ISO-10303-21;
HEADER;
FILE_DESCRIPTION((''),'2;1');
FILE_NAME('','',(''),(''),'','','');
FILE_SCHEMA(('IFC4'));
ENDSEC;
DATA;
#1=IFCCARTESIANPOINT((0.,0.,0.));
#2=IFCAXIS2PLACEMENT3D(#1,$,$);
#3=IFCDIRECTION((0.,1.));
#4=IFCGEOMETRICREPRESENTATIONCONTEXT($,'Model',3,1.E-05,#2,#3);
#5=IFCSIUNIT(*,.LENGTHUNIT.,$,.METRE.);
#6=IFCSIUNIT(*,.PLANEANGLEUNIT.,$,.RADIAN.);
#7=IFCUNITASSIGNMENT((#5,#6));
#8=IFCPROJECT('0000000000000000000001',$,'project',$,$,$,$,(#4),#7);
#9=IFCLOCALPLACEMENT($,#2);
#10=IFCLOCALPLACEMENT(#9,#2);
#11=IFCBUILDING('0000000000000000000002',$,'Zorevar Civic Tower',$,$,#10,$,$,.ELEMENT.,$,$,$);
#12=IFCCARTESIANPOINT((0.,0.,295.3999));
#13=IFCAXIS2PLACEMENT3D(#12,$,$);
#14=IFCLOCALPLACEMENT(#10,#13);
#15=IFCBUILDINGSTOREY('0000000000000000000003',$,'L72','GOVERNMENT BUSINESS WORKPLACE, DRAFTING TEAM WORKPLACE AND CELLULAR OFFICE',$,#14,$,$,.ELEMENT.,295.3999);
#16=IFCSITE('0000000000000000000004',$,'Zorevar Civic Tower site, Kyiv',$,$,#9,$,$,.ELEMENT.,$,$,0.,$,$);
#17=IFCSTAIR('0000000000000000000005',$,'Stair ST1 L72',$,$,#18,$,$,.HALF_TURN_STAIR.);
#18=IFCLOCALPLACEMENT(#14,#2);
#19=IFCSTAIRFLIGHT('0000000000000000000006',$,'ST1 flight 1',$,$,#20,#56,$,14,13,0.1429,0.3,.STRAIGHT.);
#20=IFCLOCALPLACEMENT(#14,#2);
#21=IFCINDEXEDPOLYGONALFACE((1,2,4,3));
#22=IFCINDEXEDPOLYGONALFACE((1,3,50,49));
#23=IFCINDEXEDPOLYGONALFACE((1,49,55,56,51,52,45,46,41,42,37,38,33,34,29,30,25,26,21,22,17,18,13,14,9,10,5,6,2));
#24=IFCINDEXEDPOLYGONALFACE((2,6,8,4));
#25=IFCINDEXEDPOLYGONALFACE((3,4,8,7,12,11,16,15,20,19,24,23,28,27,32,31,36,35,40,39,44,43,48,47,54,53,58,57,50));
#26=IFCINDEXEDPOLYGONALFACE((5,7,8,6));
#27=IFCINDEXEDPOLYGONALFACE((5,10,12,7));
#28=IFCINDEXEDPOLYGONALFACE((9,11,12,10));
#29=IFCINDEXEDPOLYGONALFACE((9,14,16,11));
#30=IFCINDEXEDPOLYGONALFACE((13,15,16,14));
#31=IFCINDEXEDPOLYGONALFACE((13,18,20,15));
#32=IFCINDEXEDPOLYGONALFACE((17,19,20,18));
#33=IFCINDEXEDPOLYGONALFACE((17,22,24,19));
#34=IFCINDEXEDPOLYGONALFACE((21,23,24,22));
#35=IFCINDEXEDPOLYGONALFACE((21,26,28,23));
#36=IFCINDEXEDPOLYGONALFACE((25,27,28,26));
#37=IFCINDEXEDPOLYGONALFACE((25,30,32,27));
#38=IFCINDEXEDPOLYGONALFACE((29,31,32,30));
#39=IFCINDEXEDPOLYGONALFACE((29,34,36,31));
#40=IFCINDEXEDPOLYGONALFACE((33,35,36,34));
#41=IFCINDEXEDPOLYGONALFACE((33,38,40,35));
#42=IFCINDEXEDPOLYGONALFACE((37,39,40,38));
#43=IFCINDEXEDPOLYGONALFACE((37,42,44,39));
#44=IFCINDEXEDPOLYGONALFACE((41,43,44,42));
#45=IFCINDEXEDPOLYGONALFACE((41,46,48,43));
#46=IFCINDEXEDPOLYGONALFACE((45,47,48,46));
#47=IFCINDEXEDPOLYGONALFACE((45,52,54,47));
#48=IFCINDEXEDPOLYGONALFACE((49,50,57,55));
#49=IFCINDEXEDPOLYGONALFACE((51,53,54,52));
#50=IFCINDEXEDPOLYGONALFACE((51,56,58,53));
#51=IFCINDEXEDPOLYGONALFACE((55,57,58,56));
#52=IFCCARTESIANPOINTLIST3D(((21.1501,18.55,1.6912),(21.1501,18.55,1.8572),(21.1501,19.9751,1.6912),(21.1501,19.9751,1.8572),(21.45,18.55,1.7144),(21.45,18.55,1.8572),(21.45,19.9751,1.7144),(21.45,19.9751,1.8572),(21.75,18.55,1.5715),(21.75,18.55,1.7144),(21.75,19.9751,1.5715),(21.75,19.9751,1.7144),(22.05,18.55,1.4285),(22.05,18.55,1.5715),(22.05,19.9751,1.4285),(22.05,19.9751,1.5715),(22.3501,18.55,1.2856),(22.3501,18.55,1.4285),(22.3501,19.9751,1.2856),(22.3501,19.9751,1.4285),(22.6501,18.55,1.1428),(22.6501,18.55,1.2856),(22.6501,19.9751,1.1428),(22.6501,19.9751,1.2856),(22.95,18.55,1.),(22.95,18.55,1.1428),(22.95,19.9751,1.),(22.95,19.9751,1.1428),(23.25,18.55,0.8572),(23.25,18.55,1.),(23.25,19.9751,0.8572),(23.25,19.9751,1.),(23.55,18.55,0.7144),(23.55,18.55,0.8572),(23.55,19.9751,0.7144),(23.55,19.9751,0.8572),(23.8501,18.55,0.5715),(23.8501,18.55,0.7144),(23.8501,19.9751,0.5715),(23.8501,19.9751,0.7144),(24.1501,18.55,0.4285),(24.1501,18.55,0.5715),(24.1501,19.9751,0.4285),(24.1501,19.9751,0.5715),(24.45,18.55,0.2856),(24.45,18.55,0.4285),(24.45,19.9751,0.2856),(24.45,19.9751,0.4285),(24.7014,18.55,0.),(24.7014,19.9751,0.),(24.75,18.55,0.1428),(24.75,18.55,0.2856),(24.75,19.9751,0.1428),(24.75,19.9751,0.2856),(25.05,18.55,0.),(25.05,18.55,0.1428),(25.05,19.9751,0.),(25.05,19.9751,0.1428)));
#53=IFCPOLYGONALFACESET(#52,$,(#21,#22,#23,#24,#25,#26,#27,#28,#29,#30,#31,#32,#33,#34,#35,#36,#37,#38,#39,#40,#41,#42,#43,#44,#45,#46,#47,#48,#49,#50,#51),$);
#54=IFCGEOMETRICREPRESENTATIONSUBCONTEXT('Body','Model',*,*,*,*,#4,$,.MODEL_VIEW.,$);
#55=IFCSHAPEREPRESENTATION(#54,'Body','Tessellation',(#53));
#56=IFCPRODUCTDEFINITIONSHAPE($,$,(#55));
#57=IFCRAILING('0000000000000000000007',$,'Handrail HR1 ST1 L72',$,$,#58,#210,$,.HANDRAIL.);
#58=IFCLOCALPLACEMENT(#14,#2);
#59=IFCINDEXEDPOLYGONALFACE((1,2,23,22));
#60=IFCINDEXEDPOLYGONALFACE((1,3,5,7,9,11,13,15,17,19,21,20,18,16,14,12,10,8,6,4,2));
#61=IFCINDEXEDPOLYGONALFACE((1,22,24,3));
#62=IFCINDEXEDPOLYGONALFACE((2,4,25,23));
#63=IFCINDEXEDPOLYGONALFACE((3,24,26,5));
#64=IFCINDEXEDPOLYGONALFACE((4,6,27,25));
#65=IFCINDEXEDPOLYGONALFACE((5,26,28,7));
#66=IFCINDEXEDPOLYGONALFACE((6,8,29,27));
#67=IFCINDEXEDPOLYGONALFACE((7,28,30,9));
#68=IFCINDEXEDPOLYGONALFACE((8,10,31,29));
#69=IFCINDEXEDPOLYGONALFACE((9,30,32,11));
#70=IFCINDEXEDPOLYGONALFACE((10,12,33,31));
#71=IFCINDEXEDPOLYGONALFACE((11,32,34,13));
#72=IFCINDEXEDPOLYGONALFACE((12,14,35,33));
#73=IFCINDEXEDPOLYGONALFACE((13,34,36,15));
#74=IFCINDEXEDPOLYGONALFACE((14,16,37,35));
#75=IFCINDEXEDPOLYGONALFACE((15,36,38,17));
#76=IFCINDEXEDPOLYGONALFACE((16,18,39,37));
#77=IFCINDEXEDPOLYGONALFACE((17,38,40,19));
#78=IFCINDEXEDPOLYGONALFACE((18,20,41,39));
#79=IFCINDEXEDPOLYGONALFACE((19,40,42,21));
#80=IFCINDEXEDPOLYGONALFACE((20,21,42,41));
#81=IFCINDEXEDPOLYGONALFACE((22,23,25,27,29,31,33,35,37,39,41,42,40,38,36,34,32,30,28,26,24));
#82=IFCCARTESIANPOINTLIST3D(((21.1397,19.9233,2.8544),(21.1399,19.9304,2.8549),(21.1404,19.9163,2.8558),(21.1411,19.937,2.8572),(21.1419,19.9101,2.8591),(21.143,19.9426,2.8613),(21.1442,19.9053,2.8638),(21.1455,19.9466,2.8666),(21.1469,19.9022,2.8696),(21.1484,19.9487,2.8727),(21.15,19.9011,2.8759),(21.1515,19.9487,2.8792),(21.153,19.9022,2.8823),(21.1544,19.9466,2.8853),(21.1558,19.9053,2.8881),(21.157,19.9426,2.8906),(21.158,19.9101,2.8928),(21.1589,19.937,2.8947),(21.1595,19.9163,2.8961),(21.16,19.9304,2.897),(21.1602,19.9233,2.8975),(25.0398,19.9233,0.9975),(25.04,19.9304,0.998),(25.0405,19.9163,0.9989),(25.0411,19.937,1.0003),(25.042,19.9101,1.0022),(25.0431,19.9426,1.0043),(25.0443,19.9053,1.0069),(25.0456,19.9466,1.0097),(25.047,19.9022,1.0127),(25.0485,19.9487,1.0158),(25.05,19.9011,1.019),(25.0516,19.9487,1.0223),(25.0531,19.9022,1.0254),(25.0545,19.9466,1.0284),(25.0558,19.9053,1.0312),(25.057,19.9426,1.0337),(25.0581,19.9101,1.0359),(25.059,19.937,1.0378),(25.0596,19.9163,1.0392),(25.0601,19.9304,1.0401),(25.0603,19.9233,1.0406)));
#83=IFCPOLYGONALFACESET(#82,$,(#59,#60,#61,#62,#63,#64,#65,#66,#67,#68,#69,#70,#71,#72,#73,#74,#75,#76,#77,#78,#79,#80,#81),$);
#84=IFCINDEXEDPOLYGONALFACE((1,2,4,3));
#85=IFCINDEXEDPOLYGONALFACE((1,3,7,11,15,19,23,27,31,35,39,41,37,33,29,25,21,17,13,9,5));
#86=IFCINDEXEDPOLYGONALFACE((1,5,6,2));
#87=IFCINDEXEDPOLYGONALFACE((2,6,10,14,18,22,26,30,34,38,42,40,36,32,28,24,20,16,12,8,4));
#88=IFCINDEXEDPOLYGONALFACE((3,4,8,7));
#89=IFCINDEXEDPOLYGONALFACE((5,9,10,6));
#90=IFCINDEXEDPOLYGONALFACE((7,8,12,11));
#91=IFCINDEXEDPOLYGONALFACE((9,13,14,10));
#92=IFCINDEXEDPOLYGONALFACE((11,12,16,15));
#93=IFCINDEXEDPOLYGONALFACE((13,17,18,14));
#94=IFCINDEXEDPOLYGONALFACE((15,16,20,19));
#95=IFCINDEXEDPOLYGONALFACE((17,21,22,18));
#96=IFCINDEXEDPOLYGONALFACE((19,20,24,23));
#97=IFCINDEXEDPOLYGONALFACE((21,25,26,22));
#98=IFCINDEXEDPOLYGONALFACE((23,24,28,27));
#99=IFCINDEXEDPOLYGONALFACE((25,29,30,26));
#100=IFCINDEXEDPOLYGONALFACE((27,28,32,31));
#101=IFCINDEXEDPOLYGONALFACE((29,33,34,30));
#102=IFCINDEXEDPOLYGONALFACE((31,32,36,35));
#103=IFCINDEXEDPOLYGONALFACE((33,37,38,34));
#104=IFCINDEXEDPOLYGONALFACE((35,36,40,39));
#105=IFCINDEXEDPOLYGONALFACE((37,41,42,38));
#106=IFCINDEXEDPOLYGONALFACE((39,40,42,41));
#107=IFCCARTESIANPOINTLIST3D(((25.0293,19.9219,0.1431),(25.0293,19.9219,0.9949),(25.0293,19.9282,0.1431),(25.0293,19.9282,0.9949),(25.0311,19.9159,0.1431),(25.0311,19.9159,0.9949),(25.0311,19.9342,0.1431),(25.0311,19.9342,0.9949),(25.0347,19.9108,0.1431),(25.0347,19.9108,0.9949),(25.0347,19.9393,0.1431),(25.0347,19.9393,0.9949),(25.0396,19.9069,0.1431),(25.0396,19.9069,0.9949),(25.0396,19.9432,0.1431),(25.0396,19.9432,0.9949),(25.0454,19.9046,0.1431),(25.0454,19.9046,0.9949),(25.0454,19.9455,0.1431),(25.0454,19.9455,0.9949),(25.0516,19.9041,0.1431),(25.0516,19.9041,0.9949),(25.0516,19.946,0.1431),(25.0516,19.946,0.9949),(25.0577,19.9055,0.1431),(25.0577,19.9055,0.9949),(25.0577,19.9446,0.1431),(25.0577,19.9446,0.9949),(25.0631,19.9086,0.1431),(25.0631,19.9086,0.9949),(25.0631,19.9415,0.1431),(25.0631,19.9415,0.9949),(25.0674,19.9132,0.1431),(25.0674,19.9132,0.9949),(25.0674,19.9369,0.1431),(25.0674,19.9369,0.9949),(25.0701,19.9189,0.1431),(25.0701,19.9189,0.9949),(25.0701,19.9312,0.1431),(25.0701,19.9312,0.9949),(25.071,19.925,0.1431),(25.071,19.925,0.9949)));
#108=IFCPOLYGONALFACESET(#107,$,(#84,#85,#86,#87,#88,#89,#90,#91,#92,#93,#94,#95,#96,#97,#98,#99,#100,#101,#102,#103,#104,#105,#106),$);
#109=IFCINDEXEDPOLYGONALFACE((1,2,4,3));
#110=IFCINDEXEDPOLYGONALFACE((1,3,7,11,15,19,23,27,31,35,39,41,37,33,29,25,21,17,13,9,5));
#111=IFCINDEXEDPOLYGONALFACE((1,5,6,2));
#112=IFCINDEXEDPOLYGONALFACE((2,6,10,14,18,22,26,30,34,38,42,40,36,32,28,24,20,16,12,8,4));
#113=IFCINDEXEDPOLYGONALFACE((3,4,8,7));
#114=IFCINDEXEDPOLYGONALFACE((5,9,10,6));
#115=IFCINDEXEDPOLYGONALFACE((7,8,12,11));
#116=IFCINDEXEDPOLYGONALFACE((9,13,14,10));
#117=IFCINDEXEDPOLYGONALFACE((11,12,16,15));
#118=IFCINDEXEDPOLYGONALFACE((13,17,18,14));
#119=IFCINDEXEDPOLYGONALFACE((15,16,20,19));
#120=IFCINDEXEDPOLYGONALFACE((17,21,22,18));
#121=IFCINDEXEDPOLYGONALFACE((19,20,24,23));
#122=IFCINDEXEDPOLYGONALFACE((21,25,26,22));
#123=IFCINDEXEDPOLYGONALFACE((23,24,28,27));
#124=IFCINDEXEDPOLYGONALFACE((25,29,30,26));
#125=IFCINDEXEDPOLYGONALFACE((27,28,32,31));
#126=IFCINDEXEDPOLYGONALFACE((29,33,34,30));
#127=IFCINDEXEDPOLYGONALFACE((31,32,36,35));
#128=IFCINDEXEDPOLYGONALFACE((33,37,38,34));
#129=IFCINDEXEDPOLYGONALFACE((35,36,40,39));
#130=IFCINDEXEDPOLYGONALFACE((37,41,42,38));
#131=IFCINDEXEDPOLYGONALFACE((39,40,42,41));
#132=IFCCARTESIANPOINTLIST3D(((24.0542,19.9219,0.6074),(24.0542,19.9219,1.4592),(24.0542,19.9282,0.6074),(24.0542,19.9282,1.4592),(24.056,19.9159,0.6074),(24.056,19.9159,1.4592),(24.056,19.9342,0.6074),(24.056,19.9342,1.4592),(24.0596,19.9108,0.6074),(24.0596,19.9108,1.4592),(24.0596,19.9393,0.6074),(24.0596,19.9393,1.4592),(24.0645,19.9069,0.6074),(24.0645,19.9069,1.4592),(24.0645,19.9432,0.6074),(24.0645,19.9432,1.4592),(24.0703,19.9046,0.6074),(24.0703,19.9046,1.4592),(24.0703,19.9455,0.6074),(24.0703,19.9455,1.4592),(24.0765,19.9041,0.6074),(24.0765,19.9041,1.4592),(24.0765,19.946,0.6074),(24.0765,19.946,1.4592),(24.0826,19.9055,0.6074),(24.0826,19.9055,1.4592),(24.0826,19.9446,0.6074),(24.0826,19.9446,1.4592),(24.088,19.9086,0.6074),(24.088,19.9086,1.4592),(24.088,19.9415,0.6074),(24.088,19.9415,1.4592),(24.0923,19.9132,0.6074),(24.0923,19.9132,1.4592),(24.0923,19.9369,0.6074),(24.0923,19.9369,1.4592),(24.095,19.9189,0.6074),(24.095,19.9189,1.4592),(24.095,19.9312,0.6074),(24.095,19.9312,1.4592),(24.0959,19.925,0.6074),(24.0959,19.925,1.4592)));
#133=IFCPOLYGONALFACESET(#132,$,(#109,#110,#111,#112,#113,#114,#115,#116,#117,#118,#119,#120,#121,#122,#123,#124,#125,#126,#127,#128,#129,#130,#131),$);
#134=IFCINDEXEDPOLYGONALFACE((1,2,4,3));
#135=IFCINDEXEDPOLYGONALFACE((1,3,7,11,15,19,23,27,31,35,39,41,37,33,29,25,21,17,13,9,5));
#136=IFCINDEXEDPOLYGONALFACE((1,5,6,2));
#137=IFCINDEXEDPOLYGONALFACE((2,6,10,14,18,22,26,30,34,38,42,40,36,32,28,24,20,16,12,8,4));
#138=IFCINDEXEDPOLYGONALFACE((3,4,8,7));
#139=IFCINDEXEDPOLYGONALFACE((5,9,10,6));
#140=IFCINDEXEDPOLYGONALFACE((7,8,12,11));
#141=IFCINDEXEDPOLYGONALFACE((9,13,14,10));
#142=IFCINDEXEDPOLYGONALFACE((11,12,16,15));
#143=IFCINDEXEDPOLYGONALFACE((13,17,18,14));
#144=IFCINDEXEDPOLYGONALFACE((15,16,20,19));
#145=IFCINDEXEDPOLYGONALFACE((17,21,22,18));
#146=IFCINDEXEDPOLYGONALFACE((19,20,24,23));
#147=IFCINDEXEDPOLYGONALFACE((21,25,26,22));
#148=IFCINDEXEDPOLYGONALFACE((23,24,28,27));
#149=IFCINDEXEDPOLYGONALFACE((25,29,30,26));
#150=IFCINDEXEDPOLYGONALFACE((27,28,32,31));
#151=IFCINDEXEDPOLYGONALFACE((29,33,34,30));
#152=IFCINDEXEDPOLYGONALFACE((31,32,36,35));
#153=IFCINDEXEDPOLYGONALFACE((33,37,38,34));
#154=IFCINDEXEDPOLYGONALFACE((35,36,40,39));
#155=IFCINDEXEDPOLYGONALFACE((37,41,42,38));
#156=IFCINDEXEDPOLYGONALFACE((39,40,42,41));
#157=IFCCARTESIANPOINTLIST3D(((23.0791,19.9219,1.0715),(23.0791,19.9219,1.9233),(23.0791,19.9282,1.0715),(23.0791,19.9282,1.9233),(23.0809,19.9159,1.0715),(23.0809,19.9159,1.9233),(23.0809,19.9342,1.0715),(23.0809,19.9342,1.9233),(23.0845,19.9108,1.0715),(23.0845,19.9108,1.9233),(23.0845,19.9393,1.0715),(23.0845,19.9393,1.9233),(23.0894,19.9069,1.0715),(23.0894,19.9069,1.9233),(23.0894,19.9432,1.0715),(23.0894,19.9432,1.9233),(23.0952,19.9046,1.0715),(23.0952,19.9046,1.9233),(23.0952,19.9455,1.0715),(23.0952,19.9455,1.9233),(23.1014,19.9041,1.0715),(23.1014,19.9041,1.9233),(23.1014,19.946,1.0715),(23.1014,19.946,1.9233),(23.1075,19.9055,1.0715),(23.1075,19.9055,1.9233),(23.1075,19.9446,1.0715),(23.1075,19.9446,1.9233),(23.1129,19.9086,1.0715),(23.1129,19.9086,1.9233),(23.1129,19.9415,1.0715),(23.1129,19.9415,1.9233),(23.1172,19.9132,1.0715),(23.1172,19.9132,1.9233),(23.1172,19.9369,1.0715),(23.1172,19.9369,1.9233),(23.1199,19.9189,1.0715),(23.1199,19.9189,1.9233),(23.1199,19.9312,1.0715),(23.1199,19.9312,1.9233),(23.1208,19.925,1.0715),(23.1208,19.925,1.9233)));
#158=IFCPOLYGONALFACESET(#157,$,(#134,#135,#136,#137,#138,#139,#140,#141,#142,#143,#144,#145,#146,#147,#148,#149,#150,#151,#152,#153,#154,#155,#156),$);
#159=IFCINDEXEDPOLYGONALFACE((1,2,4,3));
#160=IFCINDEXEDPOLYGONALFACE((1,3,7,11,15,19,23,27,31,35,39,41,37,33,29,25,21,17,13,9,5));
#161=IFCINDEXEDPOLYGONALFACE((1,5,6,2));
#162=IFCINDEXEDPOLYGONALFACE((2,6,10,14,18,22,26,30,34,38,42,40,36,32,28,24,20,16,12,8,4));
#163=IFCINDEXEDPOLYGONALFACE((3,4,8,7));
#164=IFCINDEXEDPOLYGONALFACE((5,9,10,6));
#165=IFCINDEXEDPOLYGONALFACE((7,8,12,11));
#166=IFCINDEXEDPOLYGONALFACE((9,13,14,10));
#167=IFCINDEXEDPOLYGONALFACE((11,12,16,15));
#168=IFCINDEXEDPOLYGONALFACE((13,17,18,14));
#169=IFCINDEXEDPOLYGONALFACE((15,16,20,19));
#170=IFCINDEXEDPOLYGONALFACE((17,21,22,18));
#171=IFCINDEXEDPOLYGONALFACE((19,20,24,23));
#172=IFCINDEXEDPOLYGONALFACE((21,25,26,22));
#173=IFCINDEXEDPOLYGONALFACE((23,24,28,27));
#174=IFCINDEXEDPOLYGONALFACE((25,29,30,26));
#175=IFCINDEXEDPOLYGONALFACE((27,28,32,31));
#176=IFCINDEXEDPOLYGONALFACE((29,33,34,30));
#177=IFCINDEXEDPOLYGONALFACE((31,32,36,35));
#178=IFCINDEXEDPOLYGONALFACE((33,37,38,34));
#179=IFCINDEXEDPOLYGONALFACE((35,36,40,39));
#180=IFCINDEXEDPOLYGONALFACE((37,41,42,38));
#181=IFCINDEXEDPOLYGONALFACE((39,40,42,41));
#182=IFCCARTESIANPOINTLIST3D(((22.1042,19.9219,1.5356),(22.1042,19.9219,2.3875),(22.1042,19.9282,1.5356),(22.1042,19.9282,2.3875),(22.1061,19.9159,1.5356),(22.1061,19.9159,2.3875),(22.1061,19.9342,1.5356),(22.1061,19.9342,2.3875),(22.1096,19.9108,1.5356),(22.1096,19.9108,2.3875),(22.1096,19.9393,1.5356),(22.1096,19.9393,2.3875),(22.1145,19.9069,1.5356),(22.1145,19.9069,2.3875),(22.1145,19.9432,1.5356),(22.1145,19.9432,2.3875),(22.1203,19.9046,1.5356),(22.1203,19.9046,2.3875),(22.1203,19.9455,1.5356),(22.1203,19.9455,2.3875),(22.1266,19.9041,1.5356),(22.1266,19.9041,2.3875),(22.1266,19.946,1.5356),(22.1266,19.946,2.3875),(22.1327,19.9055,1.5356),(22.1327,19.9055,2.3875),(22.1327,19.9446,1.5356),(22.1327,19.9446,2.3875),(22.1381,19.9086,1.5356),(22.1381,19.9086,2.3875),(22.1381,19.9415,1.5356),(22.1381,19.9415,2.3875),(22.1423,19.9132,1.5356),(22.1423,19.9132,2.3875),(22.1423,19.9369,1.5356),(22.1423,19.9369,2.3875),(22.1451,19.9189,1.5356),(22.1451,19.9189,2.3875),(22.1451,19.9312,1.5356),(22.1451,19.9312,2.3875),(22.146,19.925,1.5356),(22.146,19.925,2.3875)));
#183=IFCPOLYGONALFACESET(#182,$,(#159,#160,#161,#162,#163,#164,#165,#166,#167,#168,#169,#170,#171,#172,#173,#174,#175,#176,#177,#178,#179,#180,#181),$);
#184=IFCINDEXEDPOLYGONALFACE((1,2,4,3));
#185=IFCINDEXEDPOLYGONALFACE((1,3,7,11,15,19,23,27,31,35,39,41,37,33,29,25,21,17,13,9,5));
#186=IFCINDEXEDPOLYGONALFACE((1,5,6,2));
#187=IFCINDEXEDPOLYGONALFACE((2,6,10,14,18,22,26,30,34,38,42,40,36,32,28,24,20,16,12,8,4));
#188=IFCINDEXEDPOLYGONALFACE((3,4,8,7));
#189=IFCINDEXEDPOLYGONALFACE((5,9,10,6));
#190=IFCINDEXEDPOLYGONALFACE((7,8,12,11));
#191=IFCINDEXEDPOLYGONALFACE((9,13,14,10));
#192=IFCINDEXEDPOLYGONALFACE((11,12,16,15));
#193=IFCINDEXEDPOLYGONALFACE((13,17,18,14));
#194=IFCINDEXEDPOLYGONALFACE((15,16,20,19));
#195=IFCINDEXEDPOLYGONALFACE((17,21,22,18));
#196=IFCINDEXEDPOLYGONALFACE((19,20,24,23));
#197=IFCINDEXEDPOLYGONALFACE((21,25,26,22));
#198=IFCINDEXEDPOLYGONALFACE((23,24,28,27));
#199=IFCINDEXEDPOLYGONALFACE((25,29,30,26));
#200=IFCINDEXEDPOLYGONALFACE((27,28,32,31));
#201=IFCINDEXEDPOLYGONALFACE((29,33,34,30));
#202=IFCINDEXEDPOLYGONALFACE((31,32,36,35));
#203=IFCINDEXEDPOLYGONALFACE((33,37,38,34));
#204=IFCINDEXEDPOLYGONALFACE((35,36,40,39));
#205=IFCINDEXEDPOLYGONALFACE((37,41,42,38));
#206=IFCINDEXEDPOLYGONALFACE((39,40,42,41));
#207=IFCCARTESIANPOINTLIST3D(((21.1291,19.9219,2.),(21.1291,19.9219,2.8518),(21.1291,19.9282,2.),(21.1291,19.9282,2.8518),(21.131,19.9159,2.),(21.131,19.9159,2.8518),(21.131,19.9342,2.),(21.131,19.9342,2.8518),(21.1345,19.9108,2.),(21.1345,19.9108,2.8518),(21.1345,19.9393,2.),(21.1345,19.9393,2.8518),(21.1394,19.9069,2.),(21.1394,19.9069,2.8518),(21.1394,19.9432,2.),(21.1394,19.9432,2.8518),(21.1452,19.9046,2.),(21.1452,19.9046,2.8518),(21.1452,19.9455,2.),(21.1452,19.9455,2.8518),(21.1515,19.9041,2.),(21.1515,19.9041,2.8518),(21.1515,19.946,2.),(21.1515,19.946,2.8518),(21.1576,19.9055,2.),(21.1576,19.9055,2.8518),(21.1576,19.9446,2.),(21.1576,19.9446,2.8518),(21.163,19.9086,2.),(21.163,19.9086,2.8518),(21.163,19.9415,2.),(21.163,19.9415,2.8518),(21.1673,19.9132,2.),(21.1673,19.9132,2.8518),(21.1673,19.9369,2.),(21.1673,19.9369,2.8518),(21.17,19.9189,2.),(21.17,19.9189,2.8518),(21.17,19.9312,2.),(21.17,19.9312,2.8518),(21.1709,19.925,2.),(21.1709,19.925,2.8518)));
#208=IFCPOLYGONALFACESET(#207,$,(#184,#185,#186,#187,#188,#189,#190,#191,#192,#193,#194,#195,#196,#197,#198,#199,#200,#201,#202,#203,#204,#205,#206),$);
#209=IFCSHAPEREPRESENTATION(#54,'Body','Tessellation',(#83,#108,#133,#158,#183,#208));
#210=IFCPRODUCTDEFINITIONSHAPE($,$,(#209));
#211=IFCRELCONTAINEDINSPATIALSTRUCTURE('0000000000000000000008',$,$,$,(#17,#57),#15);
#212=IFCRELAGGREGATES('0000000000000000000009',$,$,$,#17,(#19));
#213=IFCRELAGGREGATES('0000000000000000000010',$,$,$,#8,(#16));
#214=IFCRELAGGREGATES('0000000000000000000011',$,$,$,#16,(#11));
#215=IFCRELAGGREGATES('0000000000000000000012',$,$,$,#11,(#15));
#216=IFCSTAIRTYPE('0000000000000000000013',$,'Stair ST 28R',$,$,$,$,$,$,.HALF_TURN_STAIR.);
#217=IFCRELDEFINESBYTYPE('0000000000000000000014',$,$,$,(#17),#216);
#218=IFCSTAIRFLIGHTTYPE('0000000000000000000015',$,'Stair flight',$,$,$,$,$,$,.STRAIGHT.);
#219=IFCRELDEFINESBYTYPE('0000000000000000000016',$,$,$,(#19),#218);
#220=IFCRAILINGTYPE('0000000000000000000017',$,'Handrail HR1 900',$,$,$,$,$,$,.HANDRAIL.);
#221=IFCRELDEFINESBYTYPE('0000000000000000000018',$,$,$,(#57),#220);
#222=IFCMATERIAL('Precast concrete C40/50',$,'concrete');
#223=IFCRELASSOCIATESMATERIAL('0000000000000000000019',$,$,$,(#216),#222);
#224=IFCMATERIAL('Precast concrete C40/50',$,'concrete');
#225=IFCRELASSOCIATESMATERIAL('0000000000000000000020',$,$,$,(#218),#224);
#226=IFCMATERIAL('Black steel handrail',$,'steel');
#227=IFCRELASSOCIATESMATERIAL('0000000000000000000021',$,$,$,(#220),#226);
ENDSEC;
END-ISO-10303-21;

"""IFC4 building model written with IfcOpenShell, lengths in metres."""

from ifc_helpers import new_model, si_unit, direction, frame, origin, origin_2d, place, context, subcontext, project, spatial, polyline, circle, outline, extrude, material, type_object, element, aggregate, save


model = new_model("IFC4")

# Units and contexts
model_context = context("Model", 3, precision=1e-05, world=origin(), true_north=direction((0.0, 1.0)))
body_context = subcontext(model_context, "Body", "Model", "MODEL_VIEW")
ifc_project = project(units=[si_unit("LENGTHUNIT", "METRE"), si_unit("PLANEANGLEUNIT", "RADIAN")], contexts=[model_context])

# Site, building, storey
site_placement = place(None, origin())
site = spatial("IfcSite", under=ifc_project, at=site_placement, Name="Zorevar Civic Tower site, Kyiv", CompositionType="ELEMENT", RefElevation=0.0)
building_placement = place(site_placement, origin())
building = spatial("IfcBuilding", under=site, at=building_placement, Name="Zorevar Civic Tower", CompositionType="ELEMENT")
storey_placement = place(building_placement, frame((0.0, 0.0, 295.3999)))
storey = spatial("IfcBuildingStorey", under=building, at=storey_placement, Name="L72", Description="GOVERNMENT BUSINESS WORKPLACE, DRAFTING TEAM WORKPLACE AND CELLULAR OFFICE", CompositionType="ELEMENT", Elevation=295.3999)

# Stair, stair flight
ifc_material_1 = material(Name="Precast concrete C40/50", Category="concrete")
stair_type = type_object("IfcStairType", Name="Stair ST 28R", PredefinedType="HALF_TURN_STAIR", material=ifc_material_1)
stair_placement = place(storey_placement, origin())
stair = element("IfcStair", 1, at=stair_placement, inside=storey, type_object=stair_type, Name="Stair ST1 L72", PredefinedType="HALF_TURN_STAIR")
ifc_material_2 = material(Name="Precast concrete C40/50", Category="concrete")
stair_flight_type = type_object("IfcStairFlightType", Name="Stair flight", PredefinedType="STRAIGHT", material=ifc_material_2)
stair_flight_placement = place(storey_placement, frame((25.05, 19.2625, 0.0), z_axis=(0.0, 0.0, 1.0), x_axis=(-1.0, 0.0, 0.0)))
stair_flight = element("IfcStairFlight", 2, at=stair_flight_placement, type_object=stair_flight_type, Name="ST1 flight 1", NumberOfRisers=14, NumberOfTreads=13, PredefinedType="STRAIGHT", RiserHeight=0.1429, TreadLength=0.3, context=body_context, shape_type="SweptSolid", body=[
    extrude(outline(polyline([(0.0, 0.0), (0.0, 0.1428), (0.3, 0.1428), (0.3, 0.2856), (0.6001, 0.2856), (0.6001, 0.4285), (0.8999, 0.4285), (0.8999, 0.5715), (1.2, 0.5715), (1.2, 0.7144), (1.5, 0.7144), (1.5, 0.8572), (1.8, 0.8572), (1.8, 1.0), (2.1001, 1.0), (2.1001, 1.1428), (2.3999, 1.1428), (2.3999, 1.2856), (2.7, 1.2856), (2.7, 1.4285), (3.0, 1.4285), (3.0, 1.5715), (3.3, 1.5715), (3.3, 1.7144), (3.6001, 1.7144), (3.6001, 1.8572), (3.8999, 1.8572), (3.8999, 2.0), (3.8999, 1.6912), (0.3486, 0.0), (0.0, 0.0)])), frame((0.0, 0.7124, 0.0), z_axis=(0.0, -1.0, 0.0), x_axis=(1.0, 0.0, 0.0)), (0.0, 0.0, 1.0), 1.425),
])
aggregate(stair, [stair_flight])

# Railing
ifc_material_3 = material(Name="Black steel handrail", Category="steel")
railing_type = type_object("IfcRailingType", Name="Handrail HR1 900", PredefinedType="HANDRAIL", material=ifc_material_3)
railing_placement = place(storey_placement, frame((25.05, 19.925, 0.1431)))
element("IfcRailing", 3, at=railing_placement, inside=storey, type_object=railing_type, Name="Handrail HR1 ST1 L72", PredefinedType="HANDRAIL", context=body_context, shape_type="SweptSolid", body=[
    extrude(circle(Radius=0.0239, at=origin_2d()), frame((0.0, 0.0, 0.876), z_axis=(-0.902886, 0.0, 0.429881), x_axis=(0.0, -1.0, 0.0)), (0.0, 0.0, 1.0), 4.3196),
    extrude(circle(Radius=0.021, at=origin_2d()), origin(), (0.0, 0.0, 1.0), 0.8518),
    extrude(circle(Radius=0.021, at=origin_2d()), frame((-0.9751, 0.0, 0.4644)), (0.0, 0.0, 1.0), 0.8518),
    extrude(circle(Radius=0.021, at=origin_2d()), frame((-1.9502, 0.0, 0.9285)), (0.0, 0.0, 1.0), 0.8518),
    extrude(circle(Radius=0.021, at=origin_2d()), frame((-2.925, 0.0, 1.3926)), (0.0, 0.0, 1.0), 0.8518),
    extrude(circle(Radius=0.021, at=origin_2d()), frame((-3.9001, 0.0, 1.8569)), (0.0, 0.0, 1.0), 0.8518),
])

save(model, "model.ifc")
